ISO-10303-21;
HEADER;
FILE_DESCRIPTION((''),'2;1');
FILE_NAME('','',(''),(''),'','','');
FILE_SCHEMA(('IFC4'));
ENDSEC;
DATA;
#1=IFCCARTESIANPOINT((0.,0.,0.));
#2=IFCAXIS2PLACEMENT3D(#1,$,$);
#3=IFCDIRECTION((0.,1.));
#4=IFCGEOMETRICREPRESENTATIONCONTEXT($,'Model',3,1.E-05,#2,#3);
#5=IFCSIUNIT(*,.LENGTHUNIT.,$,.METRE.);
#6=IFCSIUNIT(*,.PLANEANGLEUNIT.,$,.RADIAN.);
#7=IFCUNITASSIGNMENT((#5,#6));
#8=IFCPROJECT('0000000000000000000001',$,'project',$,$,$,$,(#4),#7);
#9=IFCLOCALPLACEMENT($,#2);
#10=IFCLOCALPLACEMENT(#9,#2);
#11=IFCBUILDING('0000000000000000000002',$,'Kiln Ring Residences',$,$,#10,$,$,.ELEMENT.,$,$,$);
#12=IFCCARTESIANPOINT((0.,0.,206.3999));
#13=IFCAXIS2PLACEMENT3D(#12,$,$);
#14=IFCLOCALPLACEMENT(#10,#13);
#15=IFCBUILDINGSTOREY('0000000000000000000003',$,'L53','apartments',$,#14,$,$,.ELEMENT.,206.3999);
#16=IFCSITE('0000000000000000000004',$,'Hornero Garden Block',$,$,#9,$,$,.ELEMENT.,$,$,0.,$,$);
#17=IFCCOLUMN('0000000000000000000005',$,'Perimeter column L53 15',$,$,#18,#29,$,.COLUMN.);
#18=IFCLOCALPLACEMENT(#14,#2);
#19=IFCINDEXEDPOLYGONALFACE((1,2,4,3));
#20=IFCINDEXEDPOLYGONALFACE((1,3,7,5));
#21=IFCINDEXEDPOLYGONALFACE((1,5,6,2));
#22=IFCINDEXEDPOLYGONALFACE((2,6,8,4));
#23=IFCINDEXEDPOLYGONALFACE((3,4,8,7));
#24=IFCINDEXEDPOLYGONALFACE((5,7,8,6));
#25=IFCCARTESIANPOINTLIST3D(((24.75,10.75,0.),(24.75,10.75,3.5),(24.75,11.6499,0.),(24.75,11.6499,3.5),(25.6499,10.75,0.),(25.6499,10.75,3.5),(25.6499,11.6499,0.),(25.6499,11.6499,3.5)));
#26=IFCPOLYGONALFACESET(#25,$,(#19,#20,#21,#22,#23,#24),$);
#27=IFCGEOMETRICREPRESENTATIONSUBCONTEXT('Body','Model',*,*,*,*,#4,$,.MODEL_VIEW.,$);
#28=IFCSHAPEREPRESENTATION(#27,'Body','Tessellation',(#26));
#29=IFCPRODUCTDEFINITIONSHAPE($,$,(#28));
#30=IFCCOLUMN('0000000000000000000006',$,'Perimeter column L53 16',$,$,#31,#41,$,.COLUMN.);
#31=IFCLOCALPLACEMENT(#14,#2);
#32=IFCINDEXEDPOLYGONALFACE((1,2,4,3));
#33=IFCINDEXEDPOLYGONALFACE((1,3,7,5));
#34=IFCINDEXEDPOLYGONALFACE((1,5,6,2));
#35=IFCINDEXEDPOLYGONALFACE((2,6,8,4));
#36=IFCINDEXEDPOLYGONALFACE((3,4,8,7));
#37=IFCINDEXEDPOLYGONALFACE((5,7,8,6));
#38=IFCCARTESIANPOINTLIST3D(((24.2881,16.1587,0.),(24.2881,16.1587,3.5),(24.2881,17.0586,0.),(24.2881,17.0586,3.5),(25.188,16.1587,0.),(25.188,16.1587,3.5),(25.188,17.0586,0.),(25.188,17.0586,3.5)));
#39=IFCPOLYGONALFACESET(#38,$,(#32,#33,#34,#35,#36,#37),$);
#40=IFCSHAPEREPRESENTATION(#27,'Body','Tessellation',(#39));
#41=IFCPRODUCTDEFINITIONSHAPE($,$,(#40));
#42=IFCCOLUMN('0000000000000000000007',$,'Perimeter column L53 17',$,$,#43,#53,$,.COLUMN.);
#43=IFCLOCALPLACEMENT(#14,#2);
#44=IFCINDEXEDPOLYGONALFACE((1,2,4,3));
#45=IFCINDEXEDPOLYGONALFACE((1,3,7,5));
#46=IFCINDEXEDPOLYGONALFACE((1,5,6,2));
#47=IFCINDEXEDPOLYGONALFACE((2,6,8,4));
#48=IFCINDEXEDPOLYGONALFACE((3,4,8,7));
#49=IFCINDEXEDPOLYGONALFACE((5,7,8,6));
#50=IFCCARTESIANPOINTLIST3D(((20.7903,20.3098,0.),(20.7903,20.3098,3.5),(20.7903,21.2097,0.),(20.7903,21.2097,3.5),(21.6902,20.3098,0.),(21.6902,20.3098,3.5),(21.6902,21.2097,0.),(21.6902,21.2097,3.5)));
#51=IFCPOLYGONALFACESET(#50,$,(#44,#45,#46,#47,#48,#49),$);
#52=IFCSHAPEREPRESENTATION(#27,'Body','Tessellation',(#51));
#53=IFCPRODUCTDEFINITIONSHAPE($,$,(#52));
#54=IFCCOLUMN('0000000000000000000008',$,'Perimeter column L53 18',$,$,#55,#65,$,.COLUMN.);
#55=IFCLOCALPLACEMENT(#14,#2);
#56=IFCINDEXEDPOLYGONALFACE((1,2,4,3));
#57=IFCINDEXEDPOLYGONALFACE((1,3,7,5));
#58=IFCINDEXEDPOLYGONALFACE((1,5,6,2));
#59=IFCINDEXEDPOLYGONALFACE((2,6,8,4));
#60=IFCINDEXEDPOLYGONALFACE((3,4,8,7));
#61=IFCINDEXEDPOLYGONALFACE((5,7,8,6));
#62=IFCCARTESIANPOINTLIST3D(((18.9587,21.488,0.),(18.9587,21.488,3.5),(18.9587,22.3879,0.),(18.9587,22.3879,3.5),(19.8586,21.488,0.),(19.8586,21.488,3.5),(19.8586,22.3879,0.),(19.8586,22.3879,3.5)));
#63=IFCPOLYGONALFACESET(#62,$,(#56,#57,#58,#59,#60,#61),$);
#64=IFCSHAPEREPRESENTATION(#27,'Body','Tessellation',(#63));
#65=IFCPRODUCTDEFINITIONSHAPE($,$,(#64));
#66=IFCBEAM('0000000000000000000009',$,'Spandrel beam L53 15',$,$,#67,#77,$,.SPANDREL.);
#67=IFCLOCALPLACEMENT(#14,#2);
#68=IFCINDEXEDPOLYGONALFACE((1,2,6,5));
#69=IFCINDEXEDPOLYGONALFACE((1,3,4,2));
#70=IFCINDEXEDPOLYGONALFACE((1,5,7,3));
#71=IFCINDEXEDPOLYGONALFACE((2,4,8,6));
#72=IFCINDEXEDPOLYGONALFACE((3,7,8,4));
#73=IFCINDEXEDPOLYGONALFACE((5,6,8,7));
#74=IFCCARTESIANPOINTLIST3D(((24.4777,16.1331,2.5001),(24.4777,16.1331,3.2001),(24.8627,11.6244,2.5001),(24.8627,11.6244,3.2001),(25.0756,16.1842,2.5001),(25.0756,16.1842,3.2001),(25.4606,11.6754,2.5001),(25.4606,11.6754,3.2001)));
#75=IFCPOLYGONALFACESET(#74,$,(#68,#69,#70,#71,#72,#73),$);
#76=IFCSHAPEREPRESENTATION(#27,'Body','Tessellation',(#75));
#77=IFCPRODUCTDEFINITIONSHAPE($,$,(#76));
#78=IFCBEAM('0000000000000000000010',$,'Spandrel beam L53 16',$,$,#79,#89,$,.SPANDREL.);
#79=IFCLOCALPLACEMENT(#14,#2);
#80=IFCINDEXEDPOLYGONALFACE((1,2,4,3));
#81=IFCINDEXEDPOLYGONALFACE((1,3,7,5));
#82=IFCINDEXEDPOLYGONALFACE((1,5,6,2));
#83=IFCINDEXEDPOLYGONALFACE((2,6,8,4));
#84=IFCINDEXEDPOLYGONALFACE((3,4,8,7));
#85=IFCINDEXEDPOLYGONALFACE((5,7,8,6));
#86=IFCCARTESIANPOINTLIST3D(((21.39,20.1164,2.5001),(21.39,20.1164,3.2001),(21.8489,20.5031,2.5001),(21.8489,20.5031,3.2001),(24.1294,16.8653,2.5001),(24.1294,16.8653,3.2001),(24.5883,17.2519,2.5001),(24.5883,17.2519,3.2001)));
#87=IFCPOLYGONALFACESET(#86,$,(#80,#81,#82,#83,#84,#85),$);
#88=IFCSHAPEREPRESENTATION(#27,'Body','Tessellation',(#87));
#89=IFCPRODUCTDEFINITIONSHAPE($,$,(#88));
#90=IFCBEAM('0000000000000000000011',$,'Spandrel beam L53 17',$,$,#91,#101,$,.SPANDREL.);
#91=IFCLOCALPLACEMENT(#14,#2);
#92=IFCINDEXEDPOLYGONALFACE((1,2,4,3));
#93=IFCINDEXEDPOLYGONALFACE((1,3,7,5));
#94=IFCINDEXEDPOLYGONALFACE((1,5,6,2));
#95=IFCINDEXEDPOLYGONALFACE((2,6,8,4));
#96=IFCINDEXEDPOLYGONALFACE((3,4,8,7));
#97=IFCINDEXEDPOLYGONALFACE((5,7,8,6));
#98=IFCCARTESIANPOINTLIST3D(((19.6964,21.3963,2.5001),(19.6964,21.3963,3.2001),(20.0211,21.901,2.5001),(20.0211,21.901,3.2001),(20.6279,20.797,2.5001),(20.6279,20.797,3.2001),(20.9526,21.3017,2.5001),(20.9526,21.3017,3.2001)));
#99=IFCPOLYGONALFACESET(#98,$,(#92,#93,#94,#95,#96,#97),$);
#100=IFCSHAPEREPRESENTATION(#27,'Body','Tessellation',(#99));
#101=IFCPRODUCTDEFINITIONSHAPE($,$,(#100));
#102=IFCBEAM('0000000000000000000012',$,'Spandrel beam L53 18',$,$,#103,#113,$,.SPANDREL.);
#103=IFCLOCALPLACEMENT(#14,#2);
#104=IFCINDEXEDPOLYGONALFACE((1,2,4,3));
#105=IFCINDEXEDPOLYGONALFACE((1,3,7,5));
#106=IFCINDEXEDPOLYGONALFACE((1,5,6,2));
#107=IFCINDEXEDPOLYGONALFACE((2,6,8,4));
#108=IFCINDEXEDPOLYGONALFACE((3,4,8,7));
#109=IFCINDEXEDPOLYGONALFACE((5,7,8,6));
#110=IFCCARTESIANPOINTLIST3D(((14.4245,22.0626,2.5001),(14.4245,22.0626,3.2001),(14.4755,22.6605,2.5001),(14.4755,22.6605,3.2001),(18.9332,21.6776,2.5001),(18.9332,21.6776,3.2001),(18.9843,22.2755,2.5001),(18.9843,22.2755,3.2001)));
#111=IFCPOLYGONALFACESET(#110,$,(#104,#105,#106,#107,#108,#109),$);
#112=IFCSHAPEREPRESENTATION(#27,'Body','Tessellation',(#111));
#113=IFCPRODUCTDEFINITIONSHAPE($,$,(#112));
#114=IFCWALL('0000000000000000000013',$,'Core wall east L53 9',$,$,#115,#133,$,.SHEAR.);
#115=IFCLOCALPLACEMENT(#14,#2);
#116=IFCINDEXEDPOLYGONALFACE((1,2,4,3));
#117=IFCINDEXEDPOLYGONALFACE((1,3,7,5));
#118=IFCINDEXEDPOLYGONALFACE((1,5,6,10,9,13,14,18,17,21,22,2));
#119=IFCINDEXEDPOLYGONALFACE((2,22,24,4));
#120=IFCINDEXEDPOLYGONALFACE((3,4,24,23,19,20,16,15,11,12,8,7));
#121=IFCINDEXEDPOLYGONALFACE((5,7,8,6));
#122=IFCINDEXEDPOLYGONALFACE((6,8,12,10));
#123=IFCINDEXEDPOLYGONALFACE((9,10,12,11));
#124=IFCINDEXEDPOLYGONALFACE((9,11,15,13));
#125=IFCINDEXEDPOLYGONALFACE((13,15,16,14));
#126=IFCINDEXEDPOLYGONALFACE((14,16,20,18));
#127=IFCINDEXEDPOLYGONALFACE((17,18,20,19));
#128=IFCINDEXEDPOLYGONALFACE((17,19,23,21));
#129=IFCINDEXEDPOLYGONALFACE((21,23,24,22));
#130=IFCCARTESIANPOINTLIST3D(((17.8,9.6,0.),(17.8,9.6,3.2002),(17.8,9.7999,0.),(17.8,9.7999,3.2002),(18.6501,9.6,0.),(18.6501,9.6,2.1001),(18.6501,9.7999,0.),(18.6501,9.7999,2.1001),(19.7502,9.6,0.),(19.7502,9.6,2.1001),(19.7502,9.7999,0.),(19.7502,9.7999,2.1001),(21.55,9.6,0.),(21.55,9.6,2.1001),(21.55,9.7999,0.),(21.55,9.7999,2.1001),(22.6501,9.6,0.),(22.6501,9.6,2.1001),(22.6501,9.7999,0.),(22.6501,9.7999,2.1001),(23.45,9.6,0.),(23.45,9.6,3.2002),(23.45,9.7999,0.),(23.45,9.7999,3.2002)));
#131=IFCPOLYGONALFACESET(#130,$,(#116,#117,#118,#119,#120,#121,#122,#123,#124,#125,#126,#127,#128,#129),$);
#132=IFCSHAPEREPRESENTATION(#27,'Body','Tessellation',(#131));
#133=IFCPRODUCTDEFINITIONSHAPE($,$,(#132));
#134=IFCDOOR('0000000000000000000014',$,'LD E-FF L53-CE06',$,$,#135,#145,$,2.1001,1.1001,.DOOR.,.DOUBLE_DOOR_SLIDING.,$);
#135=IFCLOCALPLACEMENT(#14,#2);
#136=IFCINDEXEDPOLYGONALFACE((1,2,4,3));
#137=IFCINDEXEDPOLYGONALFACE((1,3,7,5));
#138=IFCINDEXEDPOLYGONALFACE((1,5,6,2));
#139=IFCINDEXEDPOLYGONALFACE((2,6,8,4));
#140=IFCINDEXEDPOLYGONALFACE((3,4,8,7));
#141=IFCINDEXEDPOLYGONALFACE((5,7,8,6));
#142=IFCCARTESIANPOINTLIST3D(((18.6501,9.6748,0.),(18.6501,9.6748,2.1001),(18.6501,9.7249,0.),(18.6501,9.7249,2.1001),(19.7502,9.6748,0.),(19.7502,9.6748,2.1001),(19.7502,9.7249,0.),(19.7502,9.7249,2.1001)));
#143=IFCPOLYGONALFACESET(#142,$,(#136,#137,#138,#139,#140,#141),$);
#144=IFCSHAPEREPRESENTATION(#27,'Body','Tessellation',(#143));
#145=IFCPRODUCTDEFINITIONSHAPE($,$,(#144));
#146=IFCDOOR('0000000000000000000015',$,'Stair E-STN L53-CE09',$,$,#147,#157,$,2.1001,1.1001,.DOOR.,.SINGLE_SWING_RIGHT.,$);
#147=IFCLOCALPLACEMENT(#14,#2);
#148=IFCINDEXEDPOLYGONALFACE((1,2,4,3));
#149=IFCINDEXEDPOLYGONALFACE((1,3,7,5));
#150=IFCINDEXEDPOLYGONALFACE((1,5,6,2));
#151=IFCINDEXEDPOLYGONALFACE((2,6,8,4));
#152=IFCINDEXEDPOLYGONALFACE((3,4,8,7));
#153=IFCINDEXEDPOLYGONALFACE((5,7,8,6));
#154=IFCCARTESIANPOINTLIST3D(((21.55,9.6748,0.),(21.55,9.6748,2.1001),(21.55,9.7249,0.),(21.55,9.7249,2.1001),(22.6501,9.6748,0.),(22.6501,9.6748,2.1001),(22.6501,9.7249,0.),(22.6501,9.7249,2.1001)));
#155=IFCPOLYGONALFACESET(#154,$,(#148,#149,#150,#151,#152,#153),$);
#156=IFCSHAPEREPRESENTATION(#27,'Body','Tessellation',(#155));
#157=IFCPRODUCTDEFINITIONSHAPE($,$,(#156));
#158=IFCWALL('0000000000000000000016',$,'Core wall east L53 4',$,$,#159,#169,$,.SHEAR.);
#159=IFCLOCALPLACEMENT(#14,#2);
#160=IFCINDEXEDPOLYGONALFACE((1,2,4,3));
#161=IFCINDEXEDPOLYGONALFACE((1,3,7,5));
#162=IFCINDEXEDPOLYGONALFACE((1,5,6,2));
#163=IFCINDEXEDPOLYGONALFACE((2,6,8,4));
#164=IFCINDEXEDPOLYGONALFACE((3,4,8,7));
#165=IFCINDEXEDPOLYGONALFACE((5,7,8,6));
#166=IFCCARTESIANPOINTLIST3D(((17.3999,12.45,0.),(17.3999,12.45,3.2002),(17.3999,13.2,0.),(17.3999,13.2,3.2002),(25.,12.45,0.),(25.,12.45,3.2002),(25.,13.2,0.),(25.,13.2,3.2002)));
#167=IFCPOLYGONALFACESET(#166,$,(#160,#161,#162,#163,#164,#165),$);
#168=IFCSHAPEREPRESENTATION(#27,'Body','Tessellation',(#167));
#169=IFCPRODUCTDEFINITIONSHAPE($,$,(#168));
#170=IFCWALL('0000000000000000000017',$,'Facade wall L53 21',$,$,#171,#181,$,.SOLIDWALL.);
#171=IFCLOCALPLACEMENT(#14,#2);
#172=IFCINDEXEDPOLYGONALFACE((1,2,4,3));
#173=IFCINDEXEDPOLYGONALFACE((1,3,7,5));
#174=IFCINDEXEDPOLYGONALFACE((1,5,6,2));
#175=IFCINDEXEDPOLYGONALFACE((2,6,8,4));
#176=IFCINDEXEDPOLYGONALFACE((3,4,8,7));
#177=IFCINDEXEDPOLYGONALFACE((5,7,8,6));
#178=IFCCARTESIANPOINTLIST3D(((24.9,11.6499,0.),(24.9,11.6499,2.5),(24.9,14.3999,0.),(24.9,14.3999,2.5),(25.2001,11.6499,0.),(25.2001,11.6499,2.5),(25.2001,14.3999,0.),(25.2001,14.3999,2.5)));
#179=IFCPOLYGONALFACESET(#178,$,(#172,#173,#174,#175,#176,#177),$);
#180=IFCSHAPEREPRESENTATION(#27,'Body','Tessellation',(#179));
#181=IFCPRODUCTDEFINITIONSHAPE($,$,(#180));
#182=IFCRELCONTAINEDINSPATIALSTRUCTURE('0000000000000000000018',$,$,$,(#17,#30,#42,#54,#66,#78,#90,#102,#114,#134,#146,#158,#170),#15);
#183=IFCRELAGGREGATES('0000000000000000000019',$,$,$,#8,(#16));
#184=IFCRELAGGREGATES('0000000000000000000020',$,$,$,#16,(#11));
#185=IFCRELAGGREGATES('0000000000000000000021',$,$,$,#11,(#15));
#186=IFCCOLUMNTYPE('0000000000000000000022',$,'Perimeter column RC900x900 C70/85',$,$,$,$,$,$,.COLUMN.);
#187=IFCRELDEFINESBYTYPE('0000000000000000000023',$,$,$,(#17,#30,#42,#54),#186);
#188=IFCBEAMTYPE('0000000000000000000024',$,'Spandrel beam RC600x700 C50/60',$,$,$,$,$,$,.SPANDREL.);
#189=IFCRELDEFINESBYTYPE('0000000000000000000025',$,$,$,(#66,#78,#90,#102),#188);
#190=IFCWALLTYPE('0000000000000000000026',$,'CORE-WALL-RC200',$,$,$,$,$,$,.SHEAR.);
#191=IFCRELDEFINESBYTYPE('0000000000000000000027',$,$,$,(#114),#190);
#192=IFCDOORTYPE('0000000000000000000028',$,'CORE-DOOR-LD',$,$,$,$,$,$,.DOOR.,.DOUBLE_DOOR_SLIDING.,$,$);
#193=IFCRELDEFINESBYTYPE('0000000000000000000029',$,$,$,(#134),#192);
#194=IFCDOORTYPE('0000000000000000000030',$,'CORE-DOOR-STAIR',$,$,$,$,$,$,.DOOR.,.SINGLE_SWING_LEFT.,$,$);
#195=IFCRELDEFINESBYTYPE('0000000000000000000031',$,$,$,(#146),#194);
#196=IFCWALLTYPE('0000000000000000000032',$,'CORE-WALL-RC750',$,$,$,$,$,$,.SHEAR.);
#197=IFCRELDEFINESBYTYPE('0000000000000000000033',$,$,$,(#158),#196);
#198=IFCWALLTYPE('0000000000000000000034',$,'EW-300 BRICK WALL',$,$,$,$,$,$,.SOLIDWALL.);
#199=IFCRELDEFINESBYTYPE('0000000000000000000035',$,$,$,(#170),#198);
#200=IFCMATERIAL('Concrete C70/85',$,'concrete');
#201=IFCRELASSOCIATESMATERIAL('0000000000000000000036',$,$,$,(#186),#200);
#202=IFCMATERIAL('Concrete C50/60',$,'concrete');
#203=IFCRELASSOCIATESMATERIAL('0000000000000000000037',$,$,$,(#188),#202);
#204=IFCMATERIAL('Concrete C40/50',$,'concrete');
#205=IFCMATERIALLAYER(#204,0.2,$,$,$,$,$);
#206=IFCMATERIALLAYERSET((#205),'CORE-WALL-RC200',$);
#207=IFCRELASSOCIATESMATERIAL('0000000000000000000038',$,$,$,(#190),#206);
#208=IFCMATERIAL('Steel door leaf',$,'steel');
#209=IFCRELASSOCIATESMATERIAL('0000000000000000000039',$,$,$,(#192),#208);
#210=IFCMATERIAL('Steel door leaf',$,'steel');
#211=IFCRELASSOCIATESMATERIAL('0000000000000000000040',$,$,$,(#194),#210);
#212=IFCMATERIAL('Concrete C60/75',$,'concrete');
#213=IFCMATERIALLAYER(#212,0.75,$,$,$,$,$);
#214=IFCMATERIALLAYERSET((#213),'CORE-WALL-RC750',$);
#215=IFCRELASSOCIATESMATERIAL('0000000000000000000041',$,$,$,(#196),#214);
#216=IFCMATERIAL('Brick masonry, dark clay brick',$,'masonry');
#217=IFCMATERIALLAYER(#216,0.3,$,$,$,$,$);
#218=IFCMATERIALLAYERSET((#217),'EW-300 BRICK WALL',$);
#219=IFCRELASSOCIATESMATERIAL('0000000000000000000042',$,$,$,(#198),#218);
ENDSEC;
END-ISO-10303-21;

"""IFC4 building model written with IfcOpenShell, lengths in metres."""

from ifc_helpers import new_model, si_unit, direction, frame, frame_2d, origin, origin_2d, place, context, subcontext, project, spatial, rectangle, extrude, material, layer, layer_set, material_profile, profile_set, type_object, element, fill, save


model = new_model("IFC4")

# Units and contexts
model_context = context("Model", 3, precision=1e-05, world=origin(), true_north=direction((0.0, 1.0)))
body_context = subcontext(model_context, "Body", "Model", "MODEL_VIEW")
ifc_project = project(units=[si_unit("LENGTHUNIT", "METRE"), si_unit("PLANEANGLEUNIT", "RADIAN")], contexts=[model_context])

# Site, building, storey
site_placement = place(None, origin())
site = spatial("IfcSite", under=ifc_project, at=site_placement, Name="Hornero Garden Block", CompositionType="ELEMENT", RefElevation=0.0)
building_placement = place(site_placement, origin())
building = spatial("IfcBuilding", under=site, at=building_placement, Name="Kiln Ring Residences", CompositionType="ELEMENT")
storey_placement = place(building_placement, frame((0.0, 0.0, 206.3999)))
storey = spatial("IfcBuildingStorey", under=building, at=storey_placement, Name="L53", Description="apartments", CompositionType="ELEMENT", Elevation=206.3999)

# Columns
ifc_material_1 = material(Name="Concrete C70/85", Category="concrete")
ifc_material_profile_1 = material_profile(ifc_material_1, rectangle(XDim=0.8999, YDim=0.8999, at=origin_2d()), Name="RC900x900")
ifc_profile_set_1 = profile_set([ifc_material_profile_1], Name="Concrete C70/85")
column_type = type_object("IfcColumnType", Name="Perimeter column RC900x900 C70/85", PredefinedType="COLUMN", material=ifc_profile_set_1)
for number, where, z_axis, x_axis, name in (
    (1, (25.2, 11.2, 0.0), (0.0, 0.0, 1.0), (1.0, 0.0, 0.0), "Perimeter column L53 15"),
    (2, (24.738, 16.6086, 0.0), (0.0, 0.0, 1.0), (1.0, 0.0, 0.0), "Perimeter column L53 16"),
    (3, (21.2402, 20.7598, 0.0), (0.0, 0.0, 1.0), (1.0, 0.0, 0.0), "Perimeter column L53 17"),
    (4, (19.4087, 21.938, 0.0), (0.0, 0.0, 1.0), (1.0, 0.0, 0.0), "Perimeter column L53 18"),
):
    element("IfcColumn", number, at=place(storey_placement, frame(where, z_axis=z_axis, x_axis=x_axis)), inside=storey, type_object=column_type, Name=name, PredefinedType="COLUMN", context=body_context, shape_type="SweptSolid", body=[
        extrude(rectangle(XDim=0.8999, YDim=0.8999, at=origin_2d()), origin(), (0.0, 0.0, 1.0), 3.5),
    ])

# Beams
ifc_material_2 = material(Name="Concrete C50/60", Category="concrete")
ifc_material_profile_2 = material_profile(ifc_material_2, rectangle(XDim=0.6001, YDim=0.7, at=origin_2d()), Name="RC600x700")
ifc_profile_set_2 = profile_set([ifc_material_profile_2], Name="Concrete C50/60")
beam_type = type_object("IfcBeamType", Name="Spandrel beam RC600x700 C50/60", PredefinedType="SPANDREL", material=ifc_profile_set_2)
beam_1_placement = place(storey_placement, frame((25.1616, 11.6499, 2.8501), z_axis=(-0.085081, 0.996374, 0.0), x_axis=(-0.996374, -0.085081, 0.0)))
element("IfcBeam", 5, at=beam_1_placement, inside=storey, type_object=beam_type, Name="Spandrel beam L53 15", PredefinedType="SPANDREL", context=body_context, shape_type="SweptSolid", body=[
    extrude(rectangle(XDim=0.6001, YDim=0.7, at=origin_2d()), origin(), (0.0, 0.0, 1.0), 4.5251),
])
beam_2_placement = place(storey_placement, frame((24.3589, 17.0586, 2.8501), z_axis=(-0.64436, 0.764722, 0.0), x_axis=(-0.764722, -0.64436, 0.0)))
element("IfcBeam", 6, at=beam_2_placement, inside=storey, type_object=beam_type, Name="Spandrel beam L53 16", PredefinedType="SPANDREL", context=body_context, shape_type="SweptSolid", body=[
    extrude(rectangle(XDim=0.6001, YDim=0.7, at=origin_2d()), origin(), (0.0, 0.0, 1.0), 4.2515),
])
beam_3_placement = place(storey_placement, frame((20.7903, 21.0493, 2.8501), z_axis=(-0.840992, 0.541047, 0.0), x_axis=(-0.541047, -0.840992, 0.0)))
element("IfcBeam", 7, at=beam_3_placement, inside=storey, type_object=beam_type, Name="Spandrel beam L53 17", PredefinedType="SPANDREL", context=body_context, shape_type="SweptSolid", body=[
    extrude(rectangle(XDim=0.6001, YDim=0.7, at=origin_2d()), origin(), (0.0, 0.0, 1.0), 1.1077),
])
beam_4_placement = place(storey_placement, frame((18.9587, 21.9766, 2.8501), z_axis=(-0.996374, 0.085081, 0.0), x_axis=(-0.085081, -0.996374, 0.0)))
element("IfcBeam", 8, at=beam_4_placement, inside=storey, type_object=beam_type, Name="Spandrel beam L53 18", PredefinedType="SPANDREL", context=body_context, shape_type="SweptSolid", body=[
    extrude(rectangle(XDim=0.6001, YDim=0.7, at=origin_2d()), origin(), (0.0, 0.0, 1.0), 4.5251),
])

# Wall, openings, doors
ifc_material_3 = material(Name="Concrete C40/50", Category="concrete")
ifc_layer_1 = layer(ifc_material_3, 0.2)
ifc_layer_set_1 = layer_set([ifc_layer_1], Name="CORE-WALL-RC200")
wall_type_1 = type_object("IfcWallType", Name="CORE-WALL-RC200", PredefinedType="SHEAR", material=ifc_layer_set_1)
wall_1_placement = place(storey_placement, frame((17.8, 9.7, 0.0), z_axis=(0.0, 0.0, 1.0), x_axis=(1.0, 0.0, 0.0)))
wall_1 = element("IfcWall", 9, at=wall_1_placement, inside=storey, type_object=wall_type_1, Name="Core wall east L53 9", PredefinedType="SHEAR", context=body_context, shape_type="SweptSolid", body=[
    extrude(rectangle(XDim=5.6499, YDim=0.2, at=frame_2d((2.825, 0.0))), origin(), (0.0, 0.0, 1.0), 3.2002),
])
opening_1_placement = place(wall_1_placement, frame((0.8501, 0.0, 0.0)))
opening_1 = element("IfcOpeningElement", 10, at=opening_1_placement, cuts=wall_1, PredefinedType="OPENING", context=body_context, shape_type="SweptSolid", body=[
    extrude(rectangle(XDim=1.1001, YDim=2.1001, at=frame_2d((0.55, 1.05))), frame((0.0, 0.1099, 0.0), z_axis=(0.0, -1.0, 0.0), x_axis=(1.0, 0.0, 0.0)), (0.0, 0.0, 1.0), 0.22),
])
opening_2_placement = place(wall_1_placement, frame((3.75, 0.0, 0.0)))
opening_2 = element("IfcOpeningElement", 11, at=opening_2_placement, cuts=wall_1, PredefinedType="OPENING", context=body_context, shape_type="SweptSolid", body=[
    extrude(rectangle(XDim=1.1001, YDim=2.1001, at=frame_2d((0.55, 1.05))), frame((0.0, 0.1099, 0.0), z_axis=(0.0, -1.0, 0.0), x_axis=(1.0, 0.0, 0.0)), (0.0, 0.0, 1.0), 0.22),
])
ifc_material_4 = material(Name="Steel door leaf", Category="steel")
door_type_1 = type_object("IfcDoorType", Name="CORE-DOOR-LD", OperationType="DOUBLE_DOOR_SLIDING", PredefinedType="DOOR", material=ifc_material_4)
door_1_placement = place(opening_1_placement, origin())
door_1 = element("IfcDoor", 12, at=door_1_placement, inside=storey, type_object=door_type_1, Name="LD E-FF L53-CE06", OperationType="DOUBLE_DOOR_SLIDING", OverallHeight=2.1001, OverallWidth=1.1001, PredefinedType="DOOR", context=body_context, shape_type="SweptSolid", body=[
    extrude(rectangle(XDim=1.1001, YDim=2.1001, at=frame_2d((0.55, 1.05))), frame((0.0, 0.0249, 0.0), z_axis=(0.0, -1.0, 0.0), x_axis=(1.0, 0.0, 0.0)), (0.0, 0.0, 1.0), 0.05),
])
fill(opening_1, door_1)
ifc_material_5 = material(Name="Steel door leaf", Category="steel")
door_type_2 = type_object("IfcDoorType", Name="CORE-DOOR-STAIR", OperationType="SINGLE_SWING_LEFT", PredefinedType="DOOR", material=ifc_material_5)
door_2_placement = place(opening_2_placement, origin())
door_2 = element("IfcDoor", 13, at=door_2_placement, inside=storey, type_object=door_type_2, Name="Stair E-STN L53-CE09", OperationType="SINGLE_SWING_RIGHT", OverallHeight=2.1001, OverallWidth=1.1001, PredefinedType="DOOR", context=body_context, shape_type="SweptSolid", body=[
    extrude(rectangle(XDim=1.1001, YDim=2.1001, at=frame_2d((0.55, 1.05))), frame((0.0, 0.0249, 0.0), z_axis=(0.0, -1.0, 0.0), x_axis=(1.0, 0.0, 0.0)), (0.0, 0.0, 1.0), 0.05),
])
fill(opening_2, door_2)

# Walls
ifc_material_6 = material(Name="Concrete C60/75", Category="concrete")
ifc_layer_2 = layer(ifc_material_6, 0.75)
ifc_layer_set_2 = layer_set([ifc_layer_2], Name="CORE-WALL-RC750")
wall_type_2 = type_object("IfcWallType", Name="CORE-WALL-RC750", PredefinedType="SHEAR", material=ifc_layer_set_2)
wall_2_placement = place(storey_placement, frame((17.3999, 12.825, 0.0), z_axis=(0.0, 0.0, 1.0), x_axis=(1.0, 0.0, 0.0)))
element("IfcWall", 14, at=wall_2_placement, inside=storey, type_object=wall_type_2, Name="Core wall east L53 4", PredefinedType="SHEAR", context=body_context, shape_type="SweptSolid", body=[
    extrude(rectangle(XDim=7.6001, YDim=0.75, at=frame_2d((3.8, 0.0))), origin(), (0.0, 0.0, 1.0), 3.2002),
])
ifc_material_7 = material(Name="Brick masonry, dark clay brick", Category="masonry")
ifc_layer_3 = layer(ifc_material_7, 0.3)
ifc_layer_set_3 = layer_set([ifc_layer_3], Name="EW-300 BRICK WALL")
wall_type_3 = type_object("IfcWallType", Name="EW-300 BRICK WALL", PredefinedType="SOLIDWALL", material=ifc_layer_set_3)
wall_3_placement = place(storey_placement, frame((25.05, 11.6499, 0.0), z_axis=(0.0, 0.0, 1.0), x_axis=(0.0, 1.0, 0.0)))
element("IfcWall", 15, at=wall_3_placement, inside=storey, type_object=wall_type_3, Name="Facade wall L53 21", PredefinedType="SOLIDWALL", context=body_context, shape_type="SweptSolid", body=[
    extrude(rectangle(XDim=2.75, YDim=0.3, at=frame_2d((1.375, 0.0))), origin(), (0.0, 0.0, 1.0), 2.5),
])

save(model, "model.ifc")
